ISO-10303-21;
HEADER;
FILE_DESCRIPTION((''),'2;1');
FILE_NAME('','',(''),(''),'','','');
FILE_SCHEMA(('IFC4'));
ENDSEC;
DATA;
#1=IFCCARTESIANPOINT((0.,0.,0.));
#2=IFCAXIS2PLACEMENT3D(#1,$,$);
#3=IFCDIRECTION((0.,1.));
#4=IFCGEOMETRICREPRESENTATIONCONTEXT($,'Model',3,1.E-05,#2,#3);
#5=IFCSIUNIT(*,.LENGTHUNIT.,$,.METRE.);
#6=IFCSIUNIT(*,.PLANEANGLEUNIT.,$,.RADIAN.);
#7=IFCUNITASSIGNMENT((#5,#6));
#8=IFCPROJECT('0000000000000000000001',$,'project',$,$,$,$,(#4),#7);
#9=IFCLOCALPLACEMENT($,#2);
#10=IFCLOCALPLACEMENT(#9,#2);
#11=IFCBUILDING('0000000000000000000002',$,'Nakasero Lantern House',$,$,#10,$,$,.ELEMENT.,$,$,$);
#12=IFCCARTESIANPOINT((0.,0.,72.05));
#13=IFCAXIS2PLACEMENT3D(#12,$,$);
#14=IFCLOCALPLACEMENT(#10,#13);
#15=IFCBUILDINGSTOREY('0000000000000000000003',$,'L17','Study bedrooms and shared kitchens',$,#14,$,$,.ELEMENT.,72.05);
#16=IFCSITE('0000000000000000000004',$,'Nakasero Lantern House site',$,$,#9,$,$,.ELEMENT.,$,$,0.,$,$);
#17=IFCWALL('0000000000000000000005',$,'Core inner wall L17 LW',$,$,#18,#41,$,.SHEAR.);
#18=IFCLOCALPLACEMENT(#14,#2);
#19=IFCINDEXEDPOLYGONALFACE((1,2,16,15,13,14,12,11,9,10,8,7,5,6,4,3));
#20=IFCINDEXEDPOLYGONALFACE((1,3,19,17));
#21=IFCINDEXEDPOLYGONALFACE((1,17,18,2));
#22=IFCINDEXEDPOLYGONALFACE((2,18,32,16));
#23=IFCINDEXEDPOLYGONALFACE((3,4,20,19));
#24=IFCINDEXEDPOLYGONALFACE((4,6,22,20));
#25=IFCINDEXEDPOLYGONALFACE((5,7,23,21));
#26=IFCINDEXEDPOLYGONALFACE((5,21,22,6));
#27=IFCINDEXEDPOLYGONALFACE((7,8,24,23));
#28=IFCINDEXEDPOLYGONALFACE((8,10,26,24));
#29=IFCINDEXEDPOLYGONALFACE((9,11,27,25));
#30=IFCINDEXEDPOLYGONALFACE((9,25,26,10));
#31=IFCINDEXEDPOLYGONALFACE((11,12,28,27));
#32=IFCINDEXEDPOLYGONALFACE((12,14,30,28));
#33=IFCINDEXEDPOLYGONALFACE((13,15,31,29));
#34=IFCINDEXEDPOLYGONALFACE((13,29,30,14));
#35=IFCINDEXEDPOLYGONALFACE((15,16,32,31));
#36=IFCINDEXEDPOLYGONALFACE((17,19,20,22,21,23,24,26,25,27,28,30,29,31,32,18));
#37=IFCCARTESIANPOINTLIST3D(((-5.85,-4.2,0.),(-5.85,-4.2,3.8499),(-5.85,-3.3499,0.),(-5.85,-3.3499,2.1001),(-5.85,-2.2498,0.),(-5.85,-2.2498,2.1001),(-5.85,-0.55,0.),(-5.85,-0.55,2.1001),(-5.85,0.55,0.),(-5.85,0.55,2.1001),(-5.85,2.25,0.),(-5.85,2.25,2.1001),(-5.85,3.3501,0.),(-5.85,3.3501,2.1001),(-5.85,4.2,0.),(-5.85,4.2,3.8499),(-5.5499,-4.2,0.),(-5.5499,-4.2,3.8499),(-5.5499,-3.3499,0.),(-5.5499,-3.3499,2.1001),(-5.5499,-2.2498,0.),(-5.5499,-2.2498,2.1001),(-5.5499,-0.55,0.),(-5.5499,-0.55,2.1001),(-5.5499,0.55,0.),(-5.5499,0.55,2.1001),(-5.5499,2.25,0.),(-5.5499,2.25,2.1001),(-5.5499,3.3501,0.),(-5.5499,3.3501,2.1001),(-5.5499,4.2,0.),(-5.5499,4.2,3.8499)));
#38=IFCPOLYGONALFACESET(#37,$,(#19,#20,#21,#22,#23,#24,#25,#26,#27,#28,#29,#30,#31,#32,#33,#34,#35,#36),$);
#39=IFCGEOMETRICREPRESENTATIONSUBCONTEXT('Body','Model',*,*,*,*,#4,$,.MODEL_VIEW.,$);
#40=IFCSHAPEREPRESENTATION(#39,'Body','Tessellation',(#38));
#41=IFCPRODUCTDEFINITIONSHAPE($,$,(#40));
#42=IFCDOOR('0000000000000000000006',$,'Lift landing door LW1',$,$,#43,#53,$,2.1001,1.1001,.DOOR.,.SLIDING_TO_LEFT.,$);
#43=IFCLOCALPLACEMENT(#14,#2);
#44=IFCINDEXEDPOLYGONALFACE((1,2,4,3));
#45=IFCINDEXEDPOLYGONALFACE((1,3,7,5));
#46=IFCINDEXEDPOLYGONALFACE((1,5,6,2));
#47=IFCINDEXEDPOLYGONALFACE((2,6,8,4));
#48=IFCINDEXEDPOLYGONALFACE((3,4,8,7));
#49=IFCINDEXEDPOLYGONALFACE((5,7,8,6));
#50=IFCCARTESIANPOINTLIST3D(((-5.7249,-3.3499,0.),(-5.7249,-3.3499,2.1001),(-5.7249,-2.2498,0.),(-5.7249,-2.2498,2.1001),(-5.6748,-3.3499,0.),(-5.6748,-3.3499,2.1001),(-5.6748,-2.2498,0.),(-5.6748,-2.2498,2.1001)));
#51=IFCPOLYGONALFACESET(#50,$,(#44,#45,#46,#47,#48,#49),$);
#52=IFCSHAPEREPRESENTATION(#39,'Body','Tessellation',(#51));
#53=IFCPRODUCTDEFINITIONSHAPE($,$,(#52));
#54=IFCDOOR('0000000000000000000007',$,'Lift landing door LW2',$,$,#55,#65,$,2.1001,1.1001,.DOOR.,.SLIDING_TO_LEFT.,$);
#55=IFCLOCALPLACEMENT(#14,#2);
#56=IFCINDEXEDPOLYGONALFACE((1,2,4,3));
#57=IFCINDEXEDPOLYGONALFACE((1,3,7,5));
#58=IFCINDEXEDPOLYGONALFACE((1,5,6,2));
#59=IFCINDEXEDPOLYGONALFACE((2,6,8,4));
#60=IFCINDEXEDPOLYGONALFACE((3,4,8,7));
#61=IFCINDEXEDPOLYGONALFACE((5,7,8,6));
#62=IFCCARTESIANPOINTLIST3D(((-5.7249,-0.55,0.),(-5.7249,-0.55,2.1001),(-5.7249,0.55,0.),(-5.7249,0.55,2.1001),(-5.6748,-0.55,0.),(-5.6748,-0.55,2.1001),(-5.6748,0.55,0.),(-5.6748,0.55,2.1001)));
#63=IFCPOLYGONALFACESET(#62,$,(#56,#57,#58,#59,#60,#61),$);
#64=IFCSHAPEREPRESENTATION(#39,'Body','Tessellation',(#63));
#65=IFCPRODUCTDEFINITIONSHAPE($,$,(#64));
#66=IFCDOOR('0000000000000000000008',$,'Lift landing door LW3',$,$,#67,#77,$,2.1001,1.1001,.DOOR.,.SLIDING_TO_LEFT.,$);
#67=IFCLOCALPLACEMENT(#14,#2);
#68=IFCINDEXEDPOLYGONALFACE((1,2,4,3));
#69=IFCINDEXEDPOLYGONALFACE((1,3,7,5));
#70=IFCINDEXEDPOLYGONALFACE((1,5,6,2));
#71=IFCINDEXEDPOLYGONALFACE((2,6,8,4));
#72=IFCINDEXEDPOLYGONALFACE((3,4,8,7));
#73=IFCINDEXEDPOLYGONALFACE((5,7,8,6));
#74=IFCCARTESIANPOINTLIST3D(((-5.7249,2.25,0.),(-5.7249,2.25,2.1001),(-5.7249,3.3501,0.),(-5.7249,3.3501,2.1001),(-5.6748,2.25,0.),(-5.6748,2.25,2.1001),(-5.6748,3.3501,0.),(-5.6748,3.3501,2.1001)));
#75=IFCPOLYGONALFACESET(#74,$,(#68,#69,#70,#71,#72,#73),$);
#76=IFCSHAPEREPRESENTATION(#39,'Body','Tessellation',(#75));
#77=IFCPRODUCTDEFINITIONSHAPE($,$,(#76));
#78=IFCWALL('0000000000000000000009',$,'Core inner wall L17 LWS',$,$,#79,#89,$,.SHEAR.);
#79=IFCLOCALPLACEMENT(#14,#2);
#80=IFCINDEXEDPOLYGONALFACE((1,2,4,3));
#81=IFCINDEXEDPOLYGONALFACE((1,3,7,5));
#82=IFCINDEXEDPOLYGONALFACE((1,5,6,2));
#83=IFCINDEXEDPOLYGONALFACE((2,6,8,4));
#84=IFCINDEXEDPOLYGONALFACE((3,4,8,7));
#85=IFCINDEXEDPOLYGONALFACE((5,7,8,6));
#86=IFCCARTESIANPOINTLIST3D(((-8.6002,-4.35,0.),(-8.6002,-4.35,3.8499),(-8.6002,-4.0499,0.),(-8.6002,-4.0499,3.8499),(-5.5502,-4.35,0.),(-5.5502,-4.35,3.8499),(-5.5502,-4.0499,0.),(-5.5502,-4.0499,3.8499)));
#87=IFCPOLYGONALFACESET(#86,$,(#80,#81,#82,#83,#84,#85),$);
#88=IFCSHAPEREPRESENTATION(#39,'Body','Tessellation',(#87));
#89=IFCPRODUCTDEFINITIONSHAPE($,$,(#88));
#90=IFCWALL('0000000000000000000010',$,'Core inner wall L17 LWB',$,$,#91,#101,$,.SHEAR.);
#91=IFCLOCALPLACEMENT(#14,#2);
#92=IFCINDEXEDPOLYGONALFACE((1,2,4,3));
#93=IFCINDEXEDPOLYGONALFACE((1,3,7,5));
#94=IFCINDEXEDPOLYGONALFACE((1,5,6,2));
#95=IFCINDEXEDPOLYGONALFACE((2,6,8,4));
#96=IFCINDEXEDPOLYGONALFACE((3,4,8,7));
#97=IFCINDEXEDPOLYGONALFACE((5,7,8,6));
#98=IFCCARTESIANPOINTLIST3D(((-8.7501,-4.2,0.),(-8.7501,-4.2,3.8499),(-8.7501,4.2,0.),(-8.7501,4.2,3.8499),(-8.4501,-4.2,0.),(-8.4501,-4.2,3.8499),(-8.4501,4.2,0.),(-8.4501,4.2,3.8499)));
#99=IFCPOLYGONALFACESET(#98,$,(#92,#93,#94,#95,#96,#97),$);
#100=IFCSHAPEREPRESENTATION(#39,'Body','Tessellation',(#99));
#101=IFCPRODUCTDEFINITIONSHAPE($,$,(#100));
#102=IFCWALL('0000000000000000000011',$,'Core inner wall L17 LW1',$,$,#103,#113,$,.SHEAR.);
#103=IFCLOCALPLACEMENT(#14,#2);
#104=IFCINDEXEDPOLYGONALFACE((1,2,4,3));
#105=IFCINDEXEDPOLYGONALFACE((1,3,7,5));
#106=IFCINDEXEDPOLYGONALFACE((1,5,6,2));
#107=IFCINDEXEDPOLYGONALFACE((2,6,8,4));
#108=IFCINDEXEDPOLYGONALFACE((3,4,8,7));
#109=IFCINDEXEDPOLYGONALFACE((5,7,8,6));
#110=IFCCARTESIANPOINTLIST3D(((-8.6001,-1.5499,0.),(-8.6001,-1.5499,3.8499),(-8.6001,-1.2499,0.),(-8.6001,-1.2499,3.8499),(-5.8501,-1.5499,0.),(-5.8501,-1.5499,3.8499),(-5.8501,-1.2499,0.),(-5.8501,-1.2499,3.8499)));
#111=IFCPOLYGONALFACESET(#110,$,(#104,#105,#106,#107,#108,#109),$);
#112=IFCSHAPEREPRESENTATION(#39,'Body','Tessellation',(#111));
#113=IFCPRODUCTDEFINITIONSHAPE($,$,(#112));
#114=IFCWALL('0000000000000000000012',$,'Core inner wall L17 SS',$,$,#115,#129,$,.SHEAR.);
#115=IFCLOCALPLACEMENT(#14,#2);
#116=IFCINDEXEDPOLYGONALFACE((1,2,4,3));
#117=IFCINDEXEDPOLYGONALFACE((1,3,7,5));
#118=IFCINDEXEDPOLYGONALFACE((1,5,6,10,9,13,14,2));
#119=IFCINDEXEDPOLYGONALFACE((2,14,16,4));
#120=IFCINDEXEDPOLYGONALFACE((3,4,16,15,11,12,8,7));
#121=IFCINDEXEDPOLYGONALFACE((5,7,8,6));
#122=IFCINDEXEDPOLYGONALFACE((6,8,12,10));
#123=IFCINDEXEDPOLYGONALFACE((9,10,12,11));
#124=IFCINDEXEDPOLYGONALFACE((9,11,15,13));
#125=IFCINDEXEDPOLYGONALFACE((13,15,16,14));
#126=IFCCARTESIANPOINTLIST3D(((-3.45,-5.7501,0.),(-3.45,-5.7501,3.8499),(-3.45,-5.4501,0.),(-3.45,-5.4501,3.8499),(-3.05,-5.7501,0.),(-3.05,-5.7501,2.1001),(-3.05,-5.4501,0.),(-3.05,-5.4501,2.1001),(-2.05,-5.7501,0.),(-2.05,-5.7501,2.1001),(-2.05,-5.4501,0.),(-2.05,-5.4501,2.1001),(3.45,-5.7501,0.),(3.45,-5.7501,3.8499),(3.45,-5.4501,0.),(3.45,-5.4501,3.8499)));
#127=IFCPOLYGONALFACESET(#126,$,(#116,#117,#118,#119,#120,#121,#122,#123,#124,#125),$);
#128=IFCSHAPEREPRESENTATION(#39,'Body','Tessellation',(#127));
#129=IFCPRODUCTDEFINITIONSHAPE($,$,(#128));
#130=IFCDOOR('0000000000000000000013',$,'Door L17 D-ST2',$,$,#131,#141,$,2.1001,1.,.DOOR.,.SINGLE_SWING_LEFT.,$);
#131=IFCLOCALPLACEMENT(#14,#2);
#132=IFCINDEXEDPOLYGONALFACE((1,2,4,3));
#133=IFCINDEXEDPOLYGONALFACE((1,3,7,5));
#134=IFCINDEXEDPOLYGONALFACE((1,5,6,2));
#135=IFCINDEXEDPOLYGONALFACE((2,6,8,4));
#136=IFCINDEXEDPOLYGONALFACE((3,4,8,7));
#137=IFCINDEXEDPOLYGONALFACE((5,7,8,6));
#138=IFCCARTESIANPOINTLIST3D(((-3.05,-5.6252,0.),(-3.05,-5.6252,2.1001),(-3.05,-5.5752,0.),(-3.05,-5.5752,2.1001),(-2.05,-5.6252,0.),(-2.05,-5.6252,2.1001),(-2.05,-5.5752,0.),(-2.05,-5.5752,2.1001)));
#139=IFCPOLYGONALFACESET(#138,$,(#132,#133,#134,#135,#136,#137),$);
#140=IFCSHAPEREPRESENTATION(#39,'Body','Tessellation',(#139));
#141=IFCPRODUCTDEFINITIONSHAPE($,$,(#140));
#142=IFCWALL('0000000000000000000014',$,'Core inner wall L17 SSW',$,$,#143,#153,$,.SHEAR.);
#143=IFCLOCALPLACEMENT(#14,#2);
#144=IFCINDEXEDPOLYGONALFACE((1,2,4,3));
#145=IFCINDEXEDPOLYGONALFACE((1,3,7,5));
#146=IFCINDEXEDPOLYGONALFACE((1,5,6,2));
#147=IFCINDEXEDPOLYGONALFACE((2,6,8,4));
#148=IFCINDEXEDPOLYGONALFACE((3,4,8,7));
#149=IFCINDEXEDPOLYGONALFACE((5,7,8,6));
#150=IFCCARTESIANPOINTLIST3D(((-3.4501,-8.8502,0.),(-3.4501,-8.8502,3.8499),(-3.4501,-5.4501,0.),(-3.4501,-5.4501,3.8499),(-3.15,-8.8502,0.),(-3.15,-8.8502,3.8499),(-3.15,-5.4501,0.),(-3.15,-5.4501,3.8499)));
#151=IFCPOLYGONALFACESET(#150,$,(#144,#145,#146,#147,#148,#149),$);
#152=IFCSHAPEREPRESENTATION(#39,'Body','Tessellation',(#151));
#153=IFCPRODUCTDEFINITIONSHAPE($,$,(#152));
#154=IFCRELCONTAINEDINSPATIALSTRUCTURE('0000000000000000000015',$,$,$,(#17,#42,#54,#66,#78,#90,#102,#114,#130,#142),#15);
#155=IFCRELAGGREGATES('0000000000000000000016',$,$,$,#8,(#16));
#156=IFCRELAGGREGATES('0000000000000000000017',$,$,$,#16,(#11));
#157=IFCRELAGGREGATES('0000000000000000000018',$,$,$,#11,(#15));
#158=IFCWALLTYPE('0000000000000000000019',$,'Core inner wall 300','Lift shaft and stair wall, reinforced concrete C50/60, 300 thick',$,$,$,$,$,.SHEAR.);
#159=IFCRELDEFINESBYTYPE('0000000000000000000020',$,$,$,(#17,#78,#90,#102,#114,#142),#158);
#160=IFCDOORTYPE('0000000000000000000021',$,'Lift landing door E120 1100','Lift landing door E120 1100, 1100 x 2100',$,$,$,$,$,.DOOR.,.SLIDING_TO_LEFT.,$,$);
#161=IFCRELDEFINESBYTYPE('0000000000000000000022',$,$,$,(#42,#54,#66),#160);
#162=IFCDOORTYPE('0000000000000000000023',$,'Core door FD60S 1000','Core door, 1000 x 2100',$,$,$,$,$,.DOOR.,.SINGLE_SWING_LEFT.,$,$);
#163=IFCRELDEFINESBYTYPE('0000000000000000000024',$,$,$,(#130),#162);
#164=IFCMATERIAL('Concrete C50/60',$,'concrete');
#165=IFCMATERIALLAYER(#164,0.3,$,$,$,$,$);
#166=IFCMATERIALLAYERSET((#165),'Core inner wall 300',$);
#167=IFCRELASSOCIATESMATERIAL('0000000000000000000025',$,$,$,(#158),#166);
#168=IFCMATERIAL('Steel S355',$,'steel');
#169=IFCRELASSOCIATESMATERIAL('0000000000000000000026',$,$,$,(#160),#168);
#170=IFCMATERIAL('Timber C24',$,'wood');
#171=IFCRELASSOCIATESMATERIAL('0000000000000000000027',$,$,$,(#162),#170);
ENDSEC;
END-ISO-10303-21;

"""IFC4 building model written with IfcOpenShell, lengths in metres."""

from ifc_helpers import new_model, si_unit, direction, frame, frame_2d, origin, place, context, subcontext, project, spatial, rectangle, extrude, material, layer, layer_set, type_object, element, fill, save


model = new_model("IFC4")

# Units and contexts
model_context = context("Model", 3, precision=1e-05, world=origin(), true_north=direction((0.0, 1.0)))
body_context = subcontext(model_context, "Body", "Model", "MODEL_VIEW")
ifc_project = project(units=[si_unit("LENGTHUNIT", "METRE"), si_unit("PLANEANGLEUNIT", "RADIAN")], contexts=[model_context])

# Site, building, storey
site_placement = place(None, origin())
site = spatial("IfcSite", under=ifc_project, at=site_placement, Name="Nakasero Lantern House site", CompositionType="ELEMENT", RefElevation=0.0)
building_placement = place(site_placement, origin())
building = spatial("IfcBuilding", under=site, at=building_placement, Name="Nakasero Lantern House", CompositionType="ELEMENT")
storey_placement = place(building_placement, frame((0.0, 0.0, 72.05)))
storey = spatial("IfcBuildingStorey", under=building, at=storey_placement, Name="L17", Description="Study bedrooms and shared kitchens", CompositionType="ELEMENT", Elevation=72.05)

# Wall, openings, doors
ifc_material_1 = material(Name="Concrete C50/60", Category="concrete")
ifc_layer_1 = layer(ifc_material_1, 0.3)
ifc_layer_set_1 = layer_set([ifc_layer_1], Name="Core inner wall 300")
wall_type_1 = type_object("IfcWallType", Name="Core inner wall 300", Description="Lift shaft and stair wall, reinforced concrete C50/60, 300 thick", PredefinedType="SHEAR", material=ifc_layer_set_1)
wall_1_placement = place(storey_placement, frame((-5.7, -4.2, 0.0), z_axis=(0.0, 0.0, 1.0), x_axis=(0.0, 1.0, 0.0)))
wall_1 = element("IfcWall", 1, at=wall_1_placement, inside=storey, type_object=wall_type_1, Name="Core inner wall L17 LW", PredefinedType="SHEAR", context=body_context, shape_type="SweptSolid", body=[
    extrude(rectangle(XDim=8.3999, YDim=0.3, at=frame_2d((4.2, 0.0))), origin(), (0.0, 0.0, 1.0), 3.8499),
])
opening_1_placement = place(wall_1_placement, frame((0.8501, 0.0, 0.0)))
opening_1 = element("IfcOpeningElement", 2, at=opening_1_placement, cuts=wall_1, PredefinedType="OPENING", context=body_context, shape_type="SweptSolid", body=[
    extrude(rectangle(XDim=1.1001, YDim=2.1001, at=frame_2d((0.55, 1.05))), frame((0.0, 0.1699, 0.0), z_axis=(0.0, -1.0, 0.0), x_axis=(1.0, 0.0, 0.0)), (0.0, 0.0, 1.0), 0.3401),
])
opening_2_placement = place(wall_1_placement, frame((3.6499, 0.0, 0.0)))
opening_2 = element("IfcOpeningElement", 3, at=opening_2_placement, cuts=wall_1, PredefinedType="OPENING", context=body_context, shape_type="SweptSolid", body=[
    extrude(rectangle(XDim=1.1001, YDim=2.1001, at=frame_2d((0.55, 1.05))), frame((0.0, 0.1699, 0.0), z_axis=(0.0, -1.0, 0.0), x_axis=(1.0, 0.0, 0.0)), (0.0, 0.0, 1.0), 0.3401),
])
opening_3_placement = place(wall_1_placement, frame((6.45, 0.0, 0.0)))
opening_3 = element("IfcOpeningElement", 4, at=opening_3_placement, cuts=wall_1, PredefinedType="OPENING", context=body_context, shape_type="SweptSolid", body=[
    extrude(rectangle(XDim=1.1001, YDim=2.1001, at=frame_2d((0.55, 1.05))), frame((0.0, 0.1699, 0.0), z_axis=(0.0, -1.0, 0.0), x_axis=(1.0, 0.0, 0.0)), (0.0, 0.0, 1.0), 0.3401),
])
ifc_material_2 = material(Name="Steel S355", Category="steel")
door_type_1 = type_object("IfcDoorType", Name="Lift landing door E120 1100", Description="Lift landing door E120 1100, 1100 x 2100", OperationType="SLIDING_TO_LEFT", PredefinedType="DOOR", material=ifc_material_2)
door_1_placement = place(opening_1_placement, origin())
door_1 = element("IfcDoor", 5, at=door_1_placement, inside=storey, type_object=door_type_1, Name="Lift landing door LW1", OperationType="SLIDING_TO_LEFT", OverallHeight=2.1001, OverallWidth=1.1001, PredefinedType="DOOR", context=body_context, shape_type="SweptSolid", body=[
    extrude(rectangle(XDim=1.1001, YDim=2.1001, at=frame_2d((0.55, 1.05))), frame((0.0, 0.0249, 0.0), z_axis=(0.0, -1.0, 0.0), x_axis=(1.0, 0.0, 0.0)), (0.0, 0.0, 1.0), 0.05),
])
fill(opening_1, door_1)
door_2_placement = place(opening_2_placement, origin())
door_2 = element("IfcDoor", 6, at=door_2_placement, inside=storey, type_object=door_type_1, Name="Lift landing door LW2", OperationType="SLIDING_TO_LEFT", OverallHeight=2.1001, OverallWidth=1.1001, PredefinedType="DOOR", context=body_context, shape_type="SweptSolid", body=[
    extrude(rectangle(XDim=1.1001, YDim=2.1001, at=frame_2d((0.55, 1.05))), frame((0.0, 0.0249, 0.0), z_axis=(0.0, -1.0, 0.0), x_axis=(1.0, 0.0, 0.0)), (0.0, 0.0, 1.0), 0.05),
])
fill(opening_2, door_2)
door_3_placement = place(opening_3_placement, origin())
door_3 = element("IfcDoor", 7, at=door_3_placement, inside=storey, type_object=door_type_1, Name="Lift landing door LW3", OperationType="SLIDING_TO_LEFT", OverallHeight=2.1001, OverallWidth=1.1001, PredefinedType="DOOR", context=body_context, shape_type="SweptSolid", body=[
    extrude(rectangle(XDim=1.1001, YDim=2.1001, at=frame_2d((0.55, 1.05))), frame((0.0, 0.0249, 0.0), z_axis=(0.0, -1.0, 0.0), x_axis=(1.0, 0.0, 0.0)), (0.0, 0.0, 1.0), 0.05),
])
fill(opening_3, door_3)

# Walls
wall_2_placement = place(storey_placement, frame((-8.6001, -4.2, 0.0), z_axis=(0.0, 0.0, 1.0), x_axis=(1.0, 0.0, 0.0)))
element("IfcWall", 8, at=wall_2_placement, inside=storey, type_object=wall_type_1, Name="Core inner wall L17 LWS", PredefinedType="SHEAR", context=body_context, shape_type="SweptSolid", body=[
    extrude(rectangle(XDim=3.05, YDim=0.3, at=frame_2d((1.5249, 0.0))), origin(), (0.0, 0.0, 1.0), 3.8499),
])
wall_3_placement = place(storey_placement, frame((-8.6001, -4.2, 0.0), z_axis=(0.0, 0.0, 1.0), x_axis=(0.0, 1.0, 0.0)))
element("IfcWall", 9, at=wall_3_placement, inside=storey, type_object=wall_type_1, Name="Core inner wall L17 LWB", PredefinedType="SHEAR", context=body_context, shape_type="SweptSolid", body=[
    extrude(rectangle(XDim=8.3999, YDim=0.3, at=frame_2d((4.2, 0.0))), origin(), (0.0, 0.0, 1.0), 3.8499),
])
wall_4_placement = place(storey_placement, frame((-8.6001, -1.3999, 0.0), z_axis=(0.0, 0.0, 1.0), x_axis=(1.0, 0.0, 0.0)))
element("IfcWall", 10, at=wall_4_placement, inside=storey, type_object=wall_type_1, Name="Core inner wall L17 LW1", PredefinedType="SHEAR", context=body_context, shape_type="SweptSolid", body=[
    extrude(rectangle(XDim=2.75, YDim=0.3, at=frame_2d((1.375, 0.0))), origin(), (0.0, 0.0, 1.0), 3.8499),
])

# Wall, opening, door
wall_5_placement = place(storey_placement, frame((-3.45, -5.6001, 0.0), z_axis=(0.0, 0.0, 1.0), x_axis=(1.0, 0.0, 0.0)))
wall_5 = element("IfcWall", 11, at=wall_5_placement, inside=storey, type_object=wall_type_1, Name="Core inner wall L17 SS", PredefinedType="SHEAR", context=body_context, shape_type="SweptSolid", body=[
    extrude(rectangle(XDim=6.8999, YDim=0.3, at=frame_2d((3.45, 0.0))), origin(), (0.0, 0.0, 1.0), 3.8499),
])
opening_4_placement = place(wall_5_placement, frame((0.3999, 0.0, 0.0)))
opening_4 = element("IfcOpeningElement", 12, at=opening_4_placement, cuts=wall_5, PredefinedType="OPENING", context=body_context, shape_type="SweptSolid", body=[
    extrude(rectangle(XDim=1.0, YDim=2.1001, at=frame_2d((0.5, 1.05))), frame((0.0, 0.1699, 0.0), z_axis=(0.0, -1.0, 0.0), x_axis=(1.0, 0.0, 0.0)), (0.0, 0.0, 1.0), 0.3401),
])
ifc_material_3 = material(Name="Timber C24", Category="wood")
door_type_2 = type_object("IfcDoorType", Name="Core door FD60S 1000", Description="Core door, 1000 x 2100", OperationType="SINGLE_SWING_LEFT", PredefinedType="DOOR", material=ifc_material_3)
door_4_placement = place(opening_4_placement, origin())
door_4 = element("IfcDoor", 13, at=door_4_placement, inside=storey, type_object=door_type_2, Name="Door L17 D-ST2", OperationType="SINGLE_SWING_LEFT", OverallHeight=2.1001, OverallWidth=1.0, PredefinedType="DOOR", context=body_context, shape_type="SweptSolid", body=[
    extrude(rectangle(XDim=1.0, YDim=2.1001, at=frame_2d((0.5, 1.05))), frame((0.0, 0.0249, 0.0), z_axis=(0.0, -1.0, 0.0), x_axis=(1.0, 0.0, 0.0)), (0.0, 0.0, 1.0), 0.05),
])
fill(opening_4, door_4)

# Wall
wall_6_placement = place(storey_placement, frame((-3.3, -5.45, 0.0), z_axis=(0.0, 0.0, 1.0), x_axis=(0.0, -1.0, 0.0)))
element("IfcWall", 14, at=wall_6_placement, inside=storey, type_object=wall_type_1, Name="Core inner wall L17 SSW", PredefinedType="SHEAR", context=body_context, shape_type="SweptSolid", body=[
    extrude(rectangle(XDim=3.4001, YDim=0.3, at=frame_2d((1.7002, 0.0))), origin(), (0.0, 0.0, 1.0), 3.8499),
])

save(model, "model.ifc")
